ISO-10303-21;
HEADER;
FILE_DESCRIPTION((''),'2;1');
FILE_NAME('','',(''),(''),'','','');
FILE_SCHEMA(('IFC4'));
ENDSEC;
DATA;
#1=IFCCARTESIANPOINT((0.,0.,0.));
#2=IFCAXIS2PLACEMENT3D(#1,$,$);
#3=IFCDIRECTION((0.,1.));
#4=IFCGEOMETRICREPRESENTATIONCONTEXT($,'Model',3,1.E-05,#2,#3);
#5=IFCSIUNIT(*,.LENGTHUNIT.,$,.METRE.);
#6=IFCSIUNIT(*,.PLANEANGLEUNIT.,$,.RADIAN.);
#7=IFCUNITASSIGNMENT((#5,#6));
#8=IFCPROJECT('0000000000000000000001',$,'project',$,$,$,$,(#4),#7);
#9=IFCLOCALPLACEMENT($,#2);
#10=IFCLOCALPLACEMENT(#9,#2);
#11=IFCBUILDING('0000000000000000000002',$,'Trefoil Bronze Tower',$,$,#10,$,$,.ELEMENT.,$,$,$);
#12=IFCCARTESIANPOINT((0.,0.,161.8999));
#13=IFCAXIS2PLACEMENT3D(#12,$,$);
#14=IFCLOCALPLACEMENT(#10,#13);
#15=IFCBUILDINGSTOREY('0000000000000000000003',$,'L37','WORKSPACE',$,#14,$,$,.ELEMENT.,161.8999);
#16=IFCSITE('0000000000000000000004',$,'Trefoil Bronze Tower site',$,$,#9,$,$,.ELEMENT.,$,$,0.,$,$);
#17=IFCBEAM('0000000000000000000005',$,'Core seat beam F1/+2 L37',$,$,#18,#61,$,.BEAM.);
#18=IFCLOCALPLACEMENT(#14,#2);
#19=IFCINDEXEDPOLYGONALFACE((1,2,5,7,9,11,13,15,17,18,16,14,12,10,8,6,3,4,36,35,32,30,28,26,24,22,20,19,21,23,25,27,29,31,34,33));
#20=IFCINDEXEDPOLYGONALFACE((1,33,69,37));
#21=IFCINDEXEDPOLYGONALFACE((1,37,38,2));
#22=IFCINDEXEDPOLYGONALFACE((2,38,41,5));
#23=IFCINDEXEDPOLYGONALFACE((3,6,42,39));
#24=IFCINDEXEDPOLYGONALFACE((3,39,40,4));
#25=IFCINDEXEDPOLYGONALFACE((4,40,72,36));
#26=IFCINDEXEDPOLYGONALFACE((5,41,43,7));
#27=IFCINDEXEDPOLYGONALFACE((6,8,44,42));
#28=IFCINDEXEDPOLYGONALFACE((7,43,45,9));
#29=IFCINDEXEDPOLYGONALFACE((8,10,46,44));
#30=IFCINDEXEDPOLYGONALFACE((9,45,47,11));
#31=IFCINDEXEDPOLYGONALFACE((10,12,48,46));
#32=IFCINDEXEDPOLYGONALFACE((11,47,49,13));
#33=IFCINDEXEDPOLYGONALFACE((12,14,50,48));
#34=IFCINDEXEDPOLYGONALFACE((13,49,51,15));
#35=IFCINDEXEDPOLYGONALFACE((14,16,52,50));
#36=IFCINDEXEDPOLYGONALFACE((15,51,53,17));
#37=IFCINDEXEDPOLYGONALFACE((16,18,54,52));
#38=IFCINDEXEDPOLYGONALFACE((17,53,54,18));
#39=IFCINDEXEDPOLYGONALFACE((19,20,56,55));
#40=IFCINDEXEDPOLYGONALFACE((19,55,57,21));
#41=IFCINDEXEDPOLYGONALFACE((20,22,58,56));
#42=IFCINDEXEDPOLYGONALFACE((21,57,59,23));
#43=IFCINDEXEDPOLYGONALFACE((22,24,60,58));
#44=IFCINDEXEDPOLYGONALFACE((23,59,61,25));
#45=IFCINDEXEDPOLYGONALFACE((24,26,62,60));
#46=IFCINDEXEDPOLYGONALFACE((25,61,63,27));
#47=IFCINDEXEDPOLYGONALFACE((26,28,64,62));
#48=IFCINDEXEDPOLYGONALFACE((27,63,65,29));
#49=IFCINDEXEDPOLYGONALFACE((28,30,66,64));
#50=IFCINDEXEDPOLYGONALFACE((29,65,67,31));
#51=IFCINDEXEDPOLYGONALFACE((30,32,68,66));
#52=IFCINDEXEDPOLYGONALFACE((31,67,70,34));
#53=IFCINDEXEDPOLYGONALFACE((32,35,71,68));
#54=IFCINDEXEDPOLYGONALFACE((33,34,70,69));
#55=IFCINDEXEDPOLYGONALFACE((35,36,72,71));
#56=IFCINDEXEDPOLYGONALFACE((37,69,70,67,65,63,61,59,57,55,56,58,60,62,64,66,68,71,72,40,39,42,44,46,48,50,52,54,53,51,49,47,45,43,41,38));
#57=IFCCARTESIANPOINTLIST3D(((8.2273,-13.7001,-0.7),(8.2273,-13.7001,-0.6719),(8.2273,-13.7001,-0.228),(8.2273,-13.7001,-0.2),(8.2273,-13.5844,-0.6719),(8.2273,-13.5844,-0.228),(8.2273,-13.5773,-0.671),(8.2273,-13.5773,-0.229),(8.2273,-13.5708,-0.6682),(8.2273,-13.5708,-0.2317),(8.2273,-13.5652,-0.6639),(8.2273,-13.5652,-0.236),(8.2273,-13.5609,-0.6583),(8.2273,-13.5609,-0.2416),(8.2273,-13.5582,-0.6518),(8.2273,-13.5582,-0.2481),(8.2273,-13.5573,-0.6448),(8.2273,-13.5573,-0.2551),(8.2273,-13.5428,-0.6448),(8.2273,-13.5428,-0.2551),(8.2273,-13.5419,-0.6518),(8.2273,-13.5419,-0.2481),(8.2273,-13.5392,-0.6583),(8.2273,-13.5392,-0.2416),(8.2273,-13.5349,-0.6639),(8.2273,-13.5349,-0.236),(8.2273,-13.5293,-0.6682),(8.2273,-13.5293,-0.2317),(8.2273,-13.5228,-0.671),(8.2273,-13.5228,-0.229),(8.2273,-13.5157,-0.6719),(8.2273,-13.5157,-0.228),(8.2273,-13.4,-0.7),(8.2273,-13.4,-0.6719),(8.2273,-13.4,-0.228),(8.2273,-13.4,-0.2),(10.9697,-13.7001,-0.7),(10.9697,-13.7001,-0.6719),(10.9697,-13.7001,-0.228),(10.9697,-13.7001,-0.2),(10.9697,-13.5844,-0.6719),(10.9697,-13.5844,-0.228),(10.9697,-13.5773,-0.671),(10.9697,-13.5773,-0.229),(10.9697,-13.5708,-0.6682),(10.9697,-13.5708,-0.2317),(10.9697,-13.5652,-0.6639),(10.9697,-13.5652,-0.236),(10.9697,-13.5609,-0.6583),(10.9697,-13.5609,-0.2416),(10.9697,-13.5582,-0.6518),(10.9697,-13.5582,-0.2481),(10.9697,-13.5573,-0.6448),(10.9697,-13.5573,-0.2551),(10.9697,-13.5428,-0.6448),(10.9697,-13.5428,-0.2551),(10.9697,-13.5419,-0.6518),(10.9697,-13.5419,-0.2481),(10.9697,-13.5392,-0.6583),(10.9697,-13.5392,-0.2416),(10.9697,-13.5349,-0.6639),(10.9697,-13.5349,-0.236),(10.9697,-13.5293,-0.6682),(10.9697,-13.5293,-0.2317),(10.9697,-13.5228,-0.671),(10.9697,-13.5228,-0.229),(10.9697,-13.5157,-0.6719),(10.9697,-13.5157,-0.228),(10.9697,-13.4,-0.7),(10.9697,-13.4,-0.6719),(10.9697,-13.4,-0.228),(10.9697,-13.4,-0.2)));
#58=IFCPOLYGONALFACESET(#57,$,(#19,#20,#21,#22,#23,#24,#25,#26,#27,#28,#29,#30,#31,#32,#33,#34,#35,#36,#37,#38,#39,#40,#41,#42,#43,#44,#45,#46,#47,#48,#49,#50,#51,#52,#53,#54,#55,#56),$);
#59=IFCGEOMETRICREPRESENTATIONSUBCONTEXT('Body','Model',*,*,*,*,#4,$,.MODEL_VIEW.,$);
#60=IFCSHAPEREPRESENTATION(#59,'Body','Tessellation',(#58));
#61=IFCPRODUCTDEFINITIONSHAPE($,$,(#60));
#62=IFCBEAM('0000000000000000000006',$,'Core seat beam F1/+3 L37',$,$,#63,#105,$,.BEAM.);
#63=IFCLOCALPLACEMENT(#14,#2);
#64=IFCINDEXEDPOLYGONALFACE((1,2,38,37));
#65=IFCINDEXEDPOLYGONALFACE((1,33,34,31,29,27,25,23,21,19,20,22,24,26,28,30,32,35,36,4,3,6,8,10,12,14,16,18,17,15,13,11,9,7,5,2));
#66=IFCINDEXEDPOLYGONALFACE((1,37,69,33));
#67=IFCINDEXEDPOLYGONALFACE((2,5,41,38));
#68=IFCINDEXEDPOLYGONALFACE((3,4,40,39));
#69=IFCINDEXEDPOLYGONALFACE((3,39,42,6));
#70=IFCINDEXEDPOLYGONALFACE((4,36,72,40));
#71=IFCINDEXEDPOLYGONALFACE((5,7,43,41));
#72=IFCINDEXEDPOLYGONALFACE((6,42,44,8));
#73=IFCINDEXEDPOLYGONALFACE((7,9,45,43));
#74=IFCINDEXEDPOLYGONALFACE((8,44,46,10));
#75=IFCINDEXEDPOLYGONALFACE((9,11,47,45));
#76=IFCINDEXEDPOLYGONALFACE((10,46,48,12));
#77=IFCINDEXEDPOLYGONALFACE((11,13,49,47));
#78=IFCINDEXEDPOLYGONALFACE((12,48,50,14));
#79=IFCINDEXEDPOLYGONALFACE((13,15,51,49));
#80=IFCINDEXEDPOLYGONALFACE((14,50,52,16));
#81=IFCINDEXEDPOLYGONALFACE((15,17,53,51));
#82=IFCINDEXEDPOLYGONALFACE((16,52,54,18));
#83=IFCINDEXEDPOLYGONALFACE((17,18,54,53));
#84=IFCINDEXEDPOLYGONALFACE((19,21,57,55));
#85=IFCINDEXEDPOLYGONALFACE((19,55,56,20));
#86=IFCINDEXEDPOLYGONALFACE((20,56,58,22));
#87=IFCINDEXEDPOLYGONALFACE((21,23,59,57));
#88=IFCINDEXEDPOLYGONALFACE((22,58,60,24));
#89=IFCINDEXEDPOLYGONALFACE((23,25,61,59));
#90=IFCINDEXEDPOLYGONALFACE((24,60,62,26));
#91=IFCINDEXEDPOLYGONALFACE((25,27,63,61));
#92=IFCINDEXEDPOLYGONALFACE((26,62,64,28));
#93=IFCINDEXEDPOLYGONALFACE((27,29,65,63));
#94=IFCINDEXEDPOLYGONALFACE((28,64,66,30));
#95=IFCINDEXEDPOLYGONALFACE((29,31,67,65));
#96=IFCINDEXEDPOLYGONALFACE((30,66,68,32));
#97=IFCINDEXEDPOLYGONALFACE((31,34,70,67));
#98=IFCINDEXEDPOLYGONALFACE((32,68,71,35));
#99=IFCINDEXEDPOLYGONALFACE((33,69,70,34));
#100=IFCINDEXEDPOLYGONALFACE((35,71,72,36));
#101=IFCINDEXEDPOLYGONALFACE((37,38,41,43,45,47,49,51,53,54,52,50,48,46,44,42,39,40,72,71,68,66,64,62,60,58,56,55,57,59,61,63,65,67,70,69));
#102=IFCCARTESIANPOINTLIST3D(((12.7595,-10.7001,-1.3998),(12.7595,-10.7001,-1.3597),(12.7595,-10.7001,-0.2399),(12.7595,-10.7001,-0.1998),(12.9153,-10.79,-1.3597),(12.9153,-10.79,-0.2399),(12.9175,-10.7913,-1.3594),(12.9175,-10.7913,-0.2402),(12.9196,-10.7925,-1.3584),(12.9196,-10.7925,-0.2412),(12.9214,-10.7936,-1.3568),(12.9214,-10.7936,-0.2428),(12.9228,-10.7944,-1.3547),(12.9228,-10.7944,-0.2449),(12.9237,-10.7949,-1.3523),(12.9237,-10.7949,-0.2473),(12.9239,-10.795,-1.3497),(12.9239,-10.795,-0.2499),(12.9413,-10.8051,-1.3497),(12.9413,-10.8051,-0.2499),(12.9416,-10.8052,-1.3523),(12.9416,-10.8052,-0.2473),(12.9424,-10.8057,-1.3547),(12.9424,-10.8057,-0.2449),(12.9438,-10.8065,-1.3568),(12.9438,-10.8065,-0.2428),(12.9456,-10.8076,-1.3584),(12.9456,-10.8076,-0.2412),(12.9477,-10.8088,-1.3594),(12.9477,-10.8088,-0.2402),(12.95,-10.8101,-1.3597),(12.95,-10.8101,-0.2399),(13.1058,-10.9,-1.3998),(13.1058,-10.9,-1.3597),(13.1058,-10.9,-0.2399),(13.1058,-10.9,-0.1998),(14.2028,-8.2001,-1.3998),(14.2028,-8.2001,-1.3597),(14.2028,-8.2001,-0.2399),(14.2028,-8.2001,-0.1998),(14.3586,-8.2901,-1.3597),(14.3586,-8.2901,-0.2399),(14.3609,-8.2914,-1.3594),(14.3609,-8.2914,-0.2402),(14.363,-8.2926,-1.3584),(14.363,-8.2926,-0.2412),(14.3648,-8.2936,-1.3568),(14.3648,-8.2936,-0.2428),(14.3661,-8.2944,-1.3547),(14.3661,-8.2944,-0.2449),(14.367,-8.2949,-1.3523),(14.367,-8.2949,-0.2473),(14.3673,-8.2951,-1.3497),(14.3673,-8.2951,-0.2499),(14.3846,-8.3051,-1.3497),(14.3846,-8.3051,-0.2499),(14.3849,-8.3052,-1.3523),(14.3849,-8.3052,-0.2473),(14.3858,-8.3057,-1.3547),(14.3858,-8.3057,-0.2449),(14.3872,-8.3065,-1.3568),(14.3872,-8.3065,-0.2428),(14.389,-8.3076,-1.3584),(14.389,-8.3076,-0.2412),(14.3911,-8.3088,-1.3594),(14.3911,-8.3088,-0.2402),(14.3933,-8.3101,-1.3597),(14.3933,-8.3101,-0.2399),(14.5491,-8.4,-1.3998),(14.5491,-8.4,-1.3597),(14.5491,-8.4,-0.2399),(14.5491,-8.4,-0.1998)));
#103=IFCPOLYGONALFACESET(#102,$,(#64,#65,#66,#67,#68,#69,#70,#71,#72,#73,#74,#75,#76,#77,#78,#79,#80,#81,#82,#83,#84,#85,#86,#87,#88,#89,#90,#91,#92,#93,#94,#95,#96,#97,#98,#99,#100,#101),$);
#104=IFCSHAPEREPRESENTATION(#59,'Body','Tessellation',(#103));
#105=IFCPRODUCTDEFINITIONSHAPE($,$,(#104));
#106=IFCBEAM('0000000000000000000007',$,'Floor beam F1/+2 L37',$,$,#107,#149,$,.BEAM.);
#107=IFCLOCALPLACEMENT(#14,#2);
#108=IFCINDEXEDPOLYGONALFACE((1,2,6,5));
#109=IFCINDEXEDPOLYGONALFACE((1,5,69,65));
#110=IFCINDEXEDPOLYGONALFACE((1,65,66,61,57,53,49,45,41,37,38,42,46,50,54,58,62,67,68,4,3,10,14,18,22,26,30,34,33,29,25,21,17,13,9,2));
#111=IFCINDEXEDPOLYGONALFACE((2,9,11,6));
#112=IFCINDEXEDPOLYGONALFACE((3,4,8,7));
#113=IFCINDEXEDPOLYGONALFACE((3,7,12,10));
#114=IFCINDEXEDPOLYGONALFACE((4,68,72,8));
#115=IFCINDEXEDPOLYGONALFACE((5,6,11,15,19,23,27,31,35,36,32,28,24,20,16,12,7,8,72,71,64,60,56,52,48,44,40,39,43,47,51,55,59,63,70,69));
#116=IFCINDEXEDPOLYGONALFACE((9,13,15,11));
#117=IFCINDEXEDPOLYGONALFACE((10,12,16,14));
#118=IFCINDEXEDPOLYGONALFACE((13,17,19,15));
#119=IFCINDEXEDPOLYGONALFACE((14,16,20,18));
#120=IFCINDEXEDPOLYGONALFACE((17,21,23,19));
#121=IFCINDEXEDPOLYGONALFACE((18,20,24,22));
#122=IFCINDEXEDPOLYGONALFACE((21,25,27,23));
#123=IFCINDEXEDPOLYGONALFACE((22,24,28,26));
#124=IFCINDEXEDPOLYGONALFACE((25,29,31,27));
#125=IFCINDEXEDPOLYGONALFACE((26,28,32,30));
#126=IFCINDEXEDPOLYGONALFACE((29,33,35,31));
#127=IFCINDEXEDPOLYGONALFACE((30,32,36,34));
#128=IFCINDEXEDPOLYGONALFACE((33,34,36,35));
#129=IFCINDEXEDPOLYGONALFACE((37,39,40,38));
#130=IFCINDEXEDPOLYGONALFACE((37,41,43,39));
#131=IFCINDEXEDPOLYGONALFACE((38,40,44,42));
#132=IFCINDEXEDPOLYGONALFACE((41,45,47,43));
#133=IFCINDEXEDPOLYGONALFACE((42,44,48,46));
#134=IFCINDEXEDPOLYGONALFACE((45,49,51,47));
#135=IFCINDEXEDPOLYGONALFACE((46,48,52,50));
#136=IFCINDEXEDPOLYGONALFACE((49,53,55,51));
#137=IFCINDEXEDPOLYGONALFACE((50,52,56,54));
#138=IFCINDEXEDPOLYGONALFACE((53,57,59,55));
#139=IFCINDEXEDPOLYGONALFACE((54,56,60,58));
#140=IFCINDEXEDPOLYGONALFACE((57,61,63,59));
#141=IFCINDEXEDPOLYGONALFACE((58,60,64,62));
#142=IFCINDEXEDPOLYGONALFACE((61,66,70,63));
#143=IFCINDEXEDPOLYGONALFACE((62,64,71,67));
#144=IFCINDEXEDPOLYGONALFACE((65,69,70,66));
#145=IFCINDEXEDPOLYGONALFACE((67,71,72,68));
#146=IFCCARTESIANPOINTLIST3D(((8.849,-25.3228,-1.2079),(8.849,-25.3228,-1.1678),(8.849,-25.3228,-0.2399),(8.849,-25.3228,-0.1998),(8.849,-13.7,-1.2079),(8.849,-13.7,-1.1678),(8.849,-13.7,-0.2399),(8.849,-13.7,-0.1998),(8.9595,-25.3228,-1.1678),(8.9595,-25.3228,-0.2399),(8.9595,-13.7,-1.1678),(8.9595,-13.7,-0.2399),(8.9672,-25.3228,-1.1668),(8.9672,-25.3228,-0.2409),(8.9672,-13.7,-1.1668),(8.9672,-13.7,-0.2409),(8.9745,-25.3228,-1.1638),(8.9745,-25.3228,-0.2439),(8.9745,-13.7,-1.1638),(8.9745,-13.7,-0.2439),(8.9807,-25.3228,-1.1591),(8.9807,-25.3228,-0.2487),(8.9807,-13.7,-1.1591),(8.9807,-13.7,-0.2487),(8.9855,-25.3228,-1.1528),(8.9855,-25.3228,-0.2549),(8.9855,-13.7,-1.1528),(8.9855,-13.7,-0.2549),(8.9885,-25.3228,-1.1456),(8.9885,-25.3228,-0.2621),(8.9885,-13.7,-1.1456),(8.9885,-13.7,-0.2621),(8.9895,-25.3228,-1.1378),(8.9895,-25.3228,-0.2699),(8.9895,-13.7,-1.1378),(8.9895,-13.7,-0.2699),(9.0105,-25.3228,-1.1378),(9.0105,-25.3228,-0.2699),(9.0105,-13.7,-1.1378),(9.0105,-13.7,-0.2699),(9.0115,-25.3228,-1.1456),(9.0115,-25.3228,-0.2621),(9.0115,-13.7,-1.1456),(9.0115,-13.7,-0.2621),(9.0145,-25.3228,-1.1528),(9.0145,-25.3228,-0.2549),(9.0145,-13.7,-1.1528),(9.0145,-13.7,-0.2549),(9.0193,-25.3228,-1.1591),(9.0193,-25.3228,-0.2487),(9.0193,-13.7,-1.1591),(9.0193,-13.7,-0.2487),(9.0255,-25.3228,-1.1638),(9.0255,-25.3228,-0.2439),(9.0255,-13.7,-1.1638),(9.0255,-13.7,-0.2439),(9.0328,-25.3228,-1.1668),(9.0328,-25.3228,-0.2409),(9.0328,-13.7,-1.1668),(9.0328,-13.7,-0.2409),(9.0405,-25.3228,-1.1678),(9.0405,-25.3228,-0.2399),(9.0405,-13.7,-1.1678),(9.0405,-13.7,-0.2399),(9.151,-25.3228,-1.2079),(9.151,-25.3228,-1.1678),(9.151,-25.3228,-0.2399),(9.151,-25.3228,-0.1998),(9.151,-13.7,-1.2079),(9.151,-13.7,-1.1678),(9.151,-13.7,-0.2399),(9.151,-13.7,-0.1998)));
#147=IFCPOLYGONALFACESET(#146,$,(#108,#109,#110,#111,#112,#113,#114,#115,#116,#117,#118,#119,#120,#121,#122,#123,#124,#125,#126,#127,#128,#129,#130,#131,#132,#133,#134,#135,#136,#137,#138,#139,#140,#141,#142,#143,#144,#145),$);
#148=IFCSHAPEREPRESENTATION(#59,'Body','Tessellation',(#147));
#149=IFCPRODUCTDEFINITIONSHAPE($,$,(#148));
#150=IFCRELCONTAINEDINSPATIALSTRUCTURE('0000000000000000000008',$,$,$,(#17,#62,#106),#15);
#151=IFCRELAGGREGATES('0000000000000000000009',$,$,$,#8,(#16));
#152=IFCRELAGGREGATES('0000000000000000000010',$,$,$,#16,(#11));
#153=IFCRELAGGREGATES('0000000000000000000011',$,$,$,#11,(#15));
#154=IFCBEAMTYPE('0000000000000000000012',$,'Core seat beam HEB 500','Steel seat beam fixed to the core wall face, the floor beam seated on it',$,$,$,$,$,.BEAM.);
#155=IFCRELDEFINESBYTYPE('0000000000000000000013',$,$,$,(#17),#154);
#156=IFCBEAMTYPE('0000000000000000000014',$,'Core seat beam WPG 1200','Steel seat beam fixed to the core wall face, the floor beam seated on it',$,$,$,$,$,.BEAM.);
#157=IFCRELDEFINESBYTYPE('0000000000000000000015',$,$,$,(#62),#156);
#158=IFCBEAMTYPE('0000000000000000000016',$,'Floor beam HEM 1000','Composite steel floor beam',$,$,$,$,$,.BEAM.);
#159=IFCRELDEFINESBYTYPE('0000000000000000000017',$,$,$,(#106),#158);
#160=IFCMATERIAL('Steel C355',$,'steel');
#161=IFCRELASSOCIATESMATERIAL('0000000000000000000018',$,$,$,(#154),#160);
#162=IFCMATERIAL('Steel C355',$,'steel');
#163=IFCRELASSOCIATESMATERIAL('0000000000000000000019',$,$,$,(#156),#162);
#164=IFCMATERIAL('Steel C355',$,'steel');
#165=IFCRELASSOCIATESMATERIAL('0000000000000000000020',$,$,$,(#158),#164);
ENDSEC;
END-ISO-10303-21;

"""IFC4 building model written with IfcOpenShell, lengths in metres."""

from ifc_helpers import new_model, si_unit, direction, frame, origin, origin_2d, place, context, subcontext, project, spatial, i_section, extrude, material, material_profile, profile_set, type_object, element, save


model = new_model("IFC4")

# Units and contexts
model_context = context("Model", 3, precision=1e-05, world=origin(), true_north=direction((0.0, 1.0)))
body_context = subcontext(model_context, "Body", "Model", "MODEL_VIEW")
ifc_project = project(units=[si_unit("LENGTHUNIT", "METRE"), si_unit("PLANEANGLEUNIT", "RADIAN")], contexts=[model_context])

# Site, building, storey
site_placement = place(None, origin())
site = spatial("IfcSite", under=ifc_project, at=site_placement, Name="Trefoil Bronze Tower site", CompositionType="ELEMENT", RefElevation=0.0)
building_placement = place(site_placement, origin())
building = spatial("IfcBuilding", under=site, at=building_placement, Name="Trefoil Bronze Tower", CompositionType="ELEMENT")
storey_placement = place(building_placement, frame((0.0, 0.0, 161.8999)))
storey = spatial("IfcBuildingStorey", under=building, at=storey_placement, Name="L37", Description="WORKSPACE", CompositionType="ELEMENT", Elevation=161.8999)

# Beams
ifc_material_1 = material(Name="Steel C355", Category="steel")
ifc_material_profile_1 = material_profile(ifc_material_1, i_section(OverallWidth=0.3, OverallDepth=0.5, WebThickness=0.0144, FlangeThickness=0.0281, FilletRadius=0.0271, at=origin_2d()), Name="HEB 500")
ifc_profile_set_1 = profile_set([ifc_material_profile_1], Name="Steel C355")
beam_type_1 = type_object("IfcBeamType", Name="Core seat beam HEB 500", Description="Steel seat beam fixed to the core wall face, the floor beam seated on it", PredefinedType="BEAM", material=ifc_profile_set_1)
for number, where, z_axis, x_axis, name in (
    (1, (8.2273, -13.55, -0.45), (1.0, 0.0, 0.0), (0.0, 1.0, 0.0), "Core seat beam F1/+2 L37"),
):
    element("IfcBeam", number, at=place(storey_placement, frame(where, z_axis=z_axis, x_axis=x_axis)), inside=storey, type_object=beam_type_1, Name=name, PredefinedType="BEAM", context=body_context, shape_type="SweptSolid", body=[
        extrude(i_section(OverallWidth=0.3, OverallDepth=0.5, WebThickness=0.0144, FlangeThickness=0.0281, FilletRadius=0.0271, at=origin_2d()), origin(), (0.0, 0.0, 1.0), 2.7424),
    ])
ifc_material_2 = material(Name="Steel C355", Category="steel")
ifc_material_profile_2 = material_profile(ifc_material_2, i_section(OverallWidth=0.3999, OverallDepth=1.2, WebThickness=0.02, FlangeThickness=0.04, FilletRadius=0.01, at=origin_2d()), Name="WPG 1200")
ifc_profile_set_2 = profile_set([ifc_material_profile_2], Name="Steel C355")
beam_type_2 = type_object("IfcBeamType", Name="Core seat beam WPG 1200", Description="Steel seat beam fixed to the core wall face, the floor beam seated on it", PredefinedType="BEAM", material=ifc_profile_set_2)
beam_1_placement = place(storey_placement, frame((12.9326, -10.8, -0.7998), z_axis=(0.499996, 0.866028, 0.0), x_axis=(-0.866028, 0.499996, 0.0)))
element("IfcBeam", 2, at=beam_1_placement, inside=storey, type_object=beam_type_2, Name="Core seat beam F1/+3 L37", PredefinedType="BEAM", context=body_context, shape_type="SweptSolid", body=[
    extrude(i_section(OverallWidth=0.3999, OverallDepth=1.2, WebThickness=0.02, FlangeThickness=0.04, FilletRadius=0.01, at=origin_2d()), origin(), (0.0, 0.0, 1.0), 2.8867),
])
ifc_material_3 = material(Name="Steel C355", Category="steel")
ifc_material_profile_3 = material_profile(ifc_material_3, i_section(OverallWidth=0.302, OverallDepth=1.0081, WebThickness=0.021, FlangeThickness=0.04, FilletRadius=0.03, at=origin_2d()), Name="HEM 1000")
ifc_profile_set_3 = profile_set([ifc_material_profile_3], Name="Steel C355")
beam_type_3 = type_object("IfcBeamType", Name="Floor beam HEM 1000", Description="Composite steel floor beam", PredefinedType="BEAM", material=ifc_profile_set_3)
beam_2_placement = place(storey_placement, frame((9.0, -25.3228, -0.7039), z_axis=(0.0, 1.0, 0.0), x_axis=(-1.0, 0.0, 0.0)))
element("IfcBeam", 3, at=beam_2_placement, inside=storey, type_object=beam_type_3, Name="Floor beam F1/+2 L37", PredefinedType="BEAM", context=body_context, shape_type="SweptSolid", body=[
    extrude(i_section(OverallWidth=0.302, OverallDepth=1.0081, WebThickness=0.021, FlangeThickness=0.04, FilletRadius=0.03, at=origin_2d()), origin(), (0.0, 0.0, 1.0), 11.6228),
])

save(model, "model.ifc")
